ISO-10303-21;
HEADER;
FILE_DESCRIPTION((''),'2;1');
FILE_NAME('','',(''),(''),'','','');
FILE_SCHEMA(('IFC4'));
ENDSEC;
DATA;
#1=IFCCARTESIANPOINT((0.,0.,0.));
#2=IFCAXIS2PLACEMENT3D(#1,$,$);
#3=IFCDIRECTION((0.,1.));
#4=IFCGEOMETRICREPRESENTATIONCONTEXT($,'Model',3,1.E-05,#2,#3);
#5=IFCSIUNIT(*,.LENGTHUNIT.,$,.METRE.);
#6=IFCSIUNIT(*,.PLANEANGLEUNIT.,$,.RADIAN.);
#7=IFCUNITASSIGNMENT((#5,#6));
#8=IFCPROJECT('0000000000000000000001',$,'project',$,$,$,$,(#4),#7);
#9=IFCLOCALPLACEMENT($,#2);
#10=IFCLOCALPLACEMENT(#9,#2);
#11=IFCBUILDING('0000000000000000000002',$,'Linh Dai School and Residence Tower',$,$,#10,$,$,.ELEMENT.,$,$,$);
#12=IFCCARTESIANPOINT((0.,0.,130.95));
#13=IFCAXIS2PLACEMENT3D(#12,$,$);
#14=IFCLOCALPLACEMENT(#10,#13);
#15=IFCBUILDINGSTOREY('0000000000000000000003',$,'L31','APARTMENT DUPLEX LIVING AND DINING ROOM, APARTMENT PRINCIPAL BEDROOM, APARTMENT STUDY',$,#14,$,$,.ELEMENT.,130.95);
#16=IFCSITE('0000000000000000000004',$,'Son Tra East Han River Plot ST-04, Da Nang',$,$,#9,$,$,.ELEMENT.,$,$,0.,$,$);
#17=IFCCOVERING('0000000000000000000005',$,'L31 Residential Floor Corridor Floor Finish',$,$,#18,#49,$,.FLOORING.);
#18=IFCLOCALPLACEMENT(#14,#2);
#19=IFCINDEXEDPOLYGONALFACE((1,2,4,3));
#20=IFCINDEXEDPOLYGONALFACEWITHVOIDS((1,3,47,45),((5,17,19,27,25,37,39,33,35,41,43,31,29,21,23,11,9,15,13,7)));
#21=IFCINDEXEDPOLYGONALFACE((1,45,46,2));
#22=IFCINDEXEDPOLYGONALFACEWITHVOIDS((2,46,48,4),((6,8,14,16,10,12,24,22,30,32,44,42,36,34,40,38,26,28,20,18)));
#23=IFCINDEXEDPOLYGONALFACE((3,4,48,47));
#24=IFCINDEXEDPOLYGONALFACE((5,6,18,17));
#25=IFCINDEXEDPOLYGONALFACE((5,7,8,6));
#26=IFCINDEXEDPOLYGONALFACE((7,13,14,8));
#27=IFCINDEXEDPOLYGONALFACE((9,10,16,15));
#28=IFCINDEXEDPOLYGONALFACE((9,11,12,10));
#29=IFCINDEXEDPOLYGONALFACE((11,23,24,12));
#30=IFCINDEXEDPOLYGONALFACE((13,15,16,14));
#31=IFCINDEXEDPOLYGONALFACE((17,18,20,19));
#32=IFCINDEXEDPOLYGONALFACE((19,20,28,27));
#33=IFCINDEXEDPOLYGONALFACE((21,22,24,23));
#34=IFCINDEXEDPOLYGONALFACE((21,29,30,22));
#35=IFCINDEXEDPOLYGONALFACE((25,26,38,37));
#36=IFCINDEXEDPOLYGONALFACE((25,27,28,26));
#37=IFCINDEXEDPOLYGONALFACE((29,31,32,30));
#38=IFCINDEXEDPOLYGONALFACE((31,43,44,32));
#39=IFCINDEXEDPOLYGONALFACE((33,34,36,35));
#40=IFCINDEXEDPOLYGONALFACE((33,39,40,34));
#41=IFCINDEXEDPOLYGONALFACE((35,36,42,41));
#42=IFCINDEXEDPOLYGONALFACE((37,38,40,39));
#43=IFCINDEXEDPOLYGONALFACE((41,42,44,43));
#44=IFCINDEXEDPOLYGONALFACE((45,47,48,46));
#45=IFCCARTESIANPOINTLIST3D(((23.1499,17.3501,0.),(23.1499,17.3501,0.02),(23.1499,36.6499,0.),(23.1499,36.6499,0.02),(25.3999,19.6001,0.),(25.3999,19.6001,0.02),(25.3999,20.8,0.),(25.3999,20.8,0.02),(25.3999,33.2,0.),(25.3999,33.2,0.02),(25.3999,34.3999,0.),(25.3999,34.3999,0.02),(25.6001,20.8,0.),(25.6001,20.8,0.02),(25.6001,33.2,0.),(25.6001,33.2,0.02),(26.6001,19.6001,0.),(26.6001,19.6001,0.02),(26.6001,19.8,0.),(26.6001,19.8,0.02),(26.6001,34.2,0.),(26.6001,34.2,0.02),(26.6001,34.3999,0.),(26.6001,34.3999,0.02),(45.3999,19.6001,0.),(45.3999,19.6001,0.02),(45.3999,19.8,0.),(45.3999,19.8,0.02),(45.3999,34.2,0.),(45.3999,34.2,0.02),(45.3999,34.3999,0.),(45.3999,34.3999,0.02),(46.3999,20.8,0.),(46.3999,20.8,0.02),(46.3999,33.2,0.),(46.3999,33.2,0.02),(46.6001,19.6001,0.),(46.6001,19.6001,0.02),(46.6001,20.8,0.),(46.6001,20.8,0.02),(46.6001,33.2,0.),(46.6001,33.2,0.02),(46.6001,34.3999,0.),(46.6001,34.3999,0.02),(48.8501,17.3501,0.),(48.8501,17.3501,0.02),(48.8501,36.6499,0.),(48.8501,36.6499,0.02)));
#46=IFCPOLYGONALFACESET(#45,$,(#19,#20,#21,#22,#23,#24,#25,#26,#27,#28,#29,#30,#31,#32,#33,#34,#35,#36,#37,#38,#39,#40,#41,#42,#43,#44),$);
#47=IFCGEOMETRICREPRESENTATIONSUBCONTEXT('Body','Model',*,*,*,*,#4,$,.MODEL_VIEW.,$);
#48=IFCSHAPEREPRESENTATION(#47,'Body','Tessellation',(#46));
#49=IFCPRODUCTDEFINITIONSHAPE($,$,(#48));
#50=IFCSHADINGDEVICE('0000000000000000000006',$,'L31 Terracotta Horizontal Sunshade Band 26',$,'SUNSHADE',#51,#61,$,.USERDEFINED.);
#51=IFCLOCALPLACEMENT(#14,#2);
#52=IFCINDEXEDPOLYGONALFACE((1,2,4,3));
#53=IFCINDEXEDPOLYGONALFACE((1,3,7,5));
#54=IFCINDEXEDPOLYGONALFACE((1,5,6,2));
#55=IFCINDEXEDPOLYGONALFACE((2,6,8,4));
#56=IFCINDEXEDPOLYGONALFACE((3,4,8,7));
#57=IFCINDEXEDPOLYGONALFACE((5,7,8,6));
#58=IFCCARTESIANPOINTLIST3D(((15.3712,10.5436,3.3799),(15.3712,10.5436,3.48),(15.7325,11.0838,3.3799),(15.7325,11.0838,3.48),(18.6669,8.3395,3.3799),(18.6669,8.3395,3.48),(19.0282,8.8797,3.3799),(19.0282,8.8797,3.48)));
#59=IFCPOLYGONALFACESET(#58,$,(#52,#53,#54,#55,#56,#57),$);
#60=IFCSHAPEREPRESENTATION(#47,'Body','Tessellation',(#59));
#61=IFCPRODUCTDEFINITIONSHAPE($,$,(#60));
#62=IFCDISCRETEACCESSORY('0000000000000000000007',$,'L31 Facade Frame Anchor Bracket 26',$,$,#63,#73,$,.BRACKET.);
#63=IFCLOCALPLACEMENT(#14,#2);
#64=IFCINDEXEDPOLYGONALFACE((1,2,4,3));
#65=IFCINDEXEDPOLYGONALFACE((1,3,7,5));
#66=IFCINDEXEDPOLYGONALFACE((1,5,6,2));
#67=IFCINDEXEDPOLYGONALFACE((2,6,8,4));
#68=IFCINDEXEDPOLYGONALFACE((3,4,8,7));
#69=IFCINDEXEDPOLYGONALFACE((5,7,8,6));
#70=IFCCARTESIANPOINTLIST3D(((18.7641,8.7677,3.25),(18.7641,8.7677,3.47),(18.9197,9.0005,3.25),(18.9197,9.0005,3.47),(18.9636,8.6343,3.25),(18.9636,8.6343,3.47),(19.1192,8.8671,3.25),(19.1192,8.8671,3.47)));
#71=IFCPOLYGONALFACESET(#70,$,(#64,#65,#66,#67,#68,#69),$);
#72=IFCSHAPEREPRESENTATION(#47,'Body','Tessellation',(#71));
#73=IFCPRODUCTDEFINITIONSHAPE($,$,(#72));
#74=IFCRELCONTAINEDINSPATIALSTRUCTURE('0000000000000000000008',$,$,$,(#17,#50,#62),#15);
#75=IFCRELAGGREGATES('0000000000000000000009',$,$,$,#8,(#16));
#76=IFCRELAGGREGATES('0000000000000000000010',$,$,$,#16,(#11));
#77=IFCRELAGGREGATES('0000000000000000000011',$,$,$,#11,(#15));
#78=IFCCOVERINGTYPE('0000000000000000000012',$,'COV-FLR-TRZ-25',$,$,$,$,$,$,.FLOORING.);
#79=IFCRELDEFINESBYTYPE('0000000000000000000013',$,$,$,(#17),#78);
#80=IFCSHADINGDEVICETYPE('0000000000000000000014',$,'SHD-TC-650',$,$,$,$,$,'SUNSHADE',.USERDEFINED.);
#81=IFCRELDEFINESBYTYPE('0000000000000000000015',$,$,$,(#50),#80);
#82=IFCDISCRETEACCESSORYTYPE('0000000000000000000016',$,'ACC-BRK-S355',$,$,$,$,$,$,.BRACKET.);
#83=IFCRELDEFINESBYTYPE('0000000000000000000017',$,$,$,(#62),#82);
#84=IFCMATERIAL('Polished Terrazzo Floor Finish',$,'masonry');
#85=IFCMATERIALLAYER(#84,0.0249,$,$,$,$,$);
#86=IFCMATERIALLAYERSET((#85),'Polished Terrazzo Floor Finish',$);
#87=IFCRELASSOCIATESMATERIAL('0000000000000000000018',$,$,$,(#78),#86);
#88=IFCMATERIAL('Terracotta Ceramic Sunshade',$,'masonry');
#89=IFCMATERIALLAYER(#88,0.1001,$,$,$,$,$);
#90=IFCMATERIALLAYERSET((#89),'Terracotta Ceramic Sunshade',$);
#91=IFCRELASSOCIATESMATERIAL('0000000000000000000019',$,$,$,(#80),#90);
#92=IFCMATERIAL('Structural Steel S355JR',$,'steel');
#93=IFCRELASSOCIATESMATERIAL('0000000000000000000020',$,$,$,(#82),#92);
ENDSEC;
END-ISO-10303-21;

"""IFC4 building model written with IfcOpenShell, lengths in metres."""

from ifc_helpers import new_model, si_unit, direction, frame, origin, origin_2d, place, context, subcontext, project, spatial, polyline, rectangle, outline, extrude, source, transform, mapped, material, layer, layer_set, type_object, element, save


model = new_model("IFC4")

# Units and contexts
model_context = context("Model", 3, precision=1e-05, world=origin(), true_north=direction((0.0, 1.0)))
body_context = subcontext(model_context, "Body", "Model", "MODEL_VIEW")
ifc_project = project(units=[si_unit("LENGTHUNIT", "METRE"), si_unit("PLANEANGLEUNIT", "RADIAN")], contexts=[model_context])

# Site, building, storey
site_placement = place(None, origin())
site = spatial("IfcSite", under=ifc_project, at=site_placement, Name="Son Tra East Han River Plot ST-04, Da Nang", CompositionType="ELEMENT", RefElevation=0.0)
building_placement = place(site_placement, origin())
building = spatial("IfcBuilding", under=site, at=building_placement, Name="Linh Dai School and Residence Tower", CompositionType="ELEMENT")
storey_placement = place(building_placement, frame((0.0, 0.0, 130.95)))
storey = spatial("IfcBuildingStorey", under=building, at=storey_placement, Name="L31", Description="APARTMENT DUPLEX LIVING AND DINING ROOM, APARTMENT PRINCIPAL BEDROOM, APARTMENT STUDY", CompositionType="ELEMENT", Elevation=130.95)

# Shared definitions
ifc_material_1 = material(Name="Structural Steel S355JR", Category="steel")

# Covering
ifc_material_2 = material(Name="Polished Terrazzo Floor Finish", Category="masonry")
ifc_layer_1 = layer(ifc_material_2, 0.0249)
ifc_layer_set_1 = layer_set([ifc_layer_1], Name="Polished Terrazzo Floor Finish")
covering_type_1 = type_object("IfcCoveringType", Name="COV-FLR-TRZ-25", PredefinedType="FLOORING", material=ifc_layer_set_1)
covering_1_placement = place(storey_placement, origin())
element("IfcCovering", 1, at=covering_1_placement, inside=storey, type_object=covering_type_1, Name="L31 Residential Floor Corridor Floor Finish", PredefinedType="FLOORING", context=body_context, shape_type="SweptSolid", body=[
    extrude(outline(polyline([(48.8501, 36.6499), (48.8501, 17.3501), (23.1499, 17.3501), (23.1499, 36.6499), (48.8501, 36.6499)]), holes=[polyline([(26.6001, 34.2), (26.6001, 34.3999), (25.3999, 34.3999), (25.3999, 33.2), (25.6001, 33.2), (25.6001, 20.8), (25.3999, 20.8), (25.3999, 19.6001), (26.6001, 19.6001), (26.6001, 19.8), (45.3999, 19.8), (45.3999, 19.6001), (46.6001, 19.6001), (46.6001, 20.8), (46.3999, 20.8), (46.3999, 33.2), (46.6001, 33.2), (46.6001, 34.3999), (45.3999, 34.3999), (45.3999, 34.2), (26.6001, 34.2)])]), origin(), (0.0, 0.0, 1.0), 0.02),
])

# Shading device
ifc_material_3 = material(Name="Terracotta Ceramic Sunshade", Category="masonry")
ifc_layer_2 = layer(ifc_material_3, 0.1001)
ifc_layer_set_2 = layer_set([ifc_layer_2], Name="Terracotta Ceramic Sunshade")
shading_device_type = type_object("IfcShadingDeviceType", Name="SHD-TC-650", ElementType="SUNSHADE", PredefinedType="USERDEFINED", material=ifc_layer_set_2)
shared_shape_1 = source(origin(), body_context, "Body", "SweptSolid", [
    extrude(rectangle(XDim=3.9648, YDim=0.6499, at=origin_2d()), origin(), (0.0, 0.0, 1.0), 0.1001),
])
shading_device_placement = place(storey_placement, frame((17.1997, 9.7117, 3.3799), z_axis=(0.0, 0.0, 1.0), x_axis=(-0.83124, 0.555913, 0.0)))
element("IfcShadingDevice", 2, at=shading_device_placement, inside=storey, type_object=shading_device_type, Name="L31 Terracotta Horizontal Sunshade Band 26", ObjectType="SUNSHADE", PredefinedType="USERDEFINED", context=body_context, shape_type="MappedRepresentation", body=[
    mapped(shared_shape_1, transform((0.0, 0.0, 0.0), x_axis=(1.0, 0.0, 0.0), y_axis=(0.0, 1.0, 0.0), z_axis=(0.0, 0.0, 1.0), scale=1.0)),
])

# Discrete accessory
discrete_accessory_type = type_object("IfcDiscreteAccessoryType", Name="ACC-BRK-S355", PredefinedType="BRACKET", material=ifc_material_1)
shared_shape_2 = source(origin(), body_context, "Body", "SweptSolid", [
    extrude(rectangle(XDim=0.28, YDim=0.24, at=origin_2d()), origin(), (0.0, 0.0, 1.0), 0.22),
])
discrete_accessory_placement = place(storey_placement, frame((18.9417, 8.8174, 3.25), z_axis=(0.0, 0.0, 1.0), x_axis=(-0.555913, -0.83124, 0.0)))
element("IfcDiscreteAccessory", 3, at=discrete_accessory_placement, inside=storey, type_object=discrete_accessory_type, Name="L31 Facade Frame Anchor Bracket 26", PredefinedType="BRACKET", context=body_context, shape_type="MappedRepresentation", body=[
    mapped(shared_shape_2, transform((0.0, 0.0, 0.0), x_axis=(1.0, 0.0, 0.0), y_axis=(0.0, 1.0, 0.0), z_axis=(0.0, 0.0, 1.0), scale=1.0)),
])

save(model, "model.ifc")
